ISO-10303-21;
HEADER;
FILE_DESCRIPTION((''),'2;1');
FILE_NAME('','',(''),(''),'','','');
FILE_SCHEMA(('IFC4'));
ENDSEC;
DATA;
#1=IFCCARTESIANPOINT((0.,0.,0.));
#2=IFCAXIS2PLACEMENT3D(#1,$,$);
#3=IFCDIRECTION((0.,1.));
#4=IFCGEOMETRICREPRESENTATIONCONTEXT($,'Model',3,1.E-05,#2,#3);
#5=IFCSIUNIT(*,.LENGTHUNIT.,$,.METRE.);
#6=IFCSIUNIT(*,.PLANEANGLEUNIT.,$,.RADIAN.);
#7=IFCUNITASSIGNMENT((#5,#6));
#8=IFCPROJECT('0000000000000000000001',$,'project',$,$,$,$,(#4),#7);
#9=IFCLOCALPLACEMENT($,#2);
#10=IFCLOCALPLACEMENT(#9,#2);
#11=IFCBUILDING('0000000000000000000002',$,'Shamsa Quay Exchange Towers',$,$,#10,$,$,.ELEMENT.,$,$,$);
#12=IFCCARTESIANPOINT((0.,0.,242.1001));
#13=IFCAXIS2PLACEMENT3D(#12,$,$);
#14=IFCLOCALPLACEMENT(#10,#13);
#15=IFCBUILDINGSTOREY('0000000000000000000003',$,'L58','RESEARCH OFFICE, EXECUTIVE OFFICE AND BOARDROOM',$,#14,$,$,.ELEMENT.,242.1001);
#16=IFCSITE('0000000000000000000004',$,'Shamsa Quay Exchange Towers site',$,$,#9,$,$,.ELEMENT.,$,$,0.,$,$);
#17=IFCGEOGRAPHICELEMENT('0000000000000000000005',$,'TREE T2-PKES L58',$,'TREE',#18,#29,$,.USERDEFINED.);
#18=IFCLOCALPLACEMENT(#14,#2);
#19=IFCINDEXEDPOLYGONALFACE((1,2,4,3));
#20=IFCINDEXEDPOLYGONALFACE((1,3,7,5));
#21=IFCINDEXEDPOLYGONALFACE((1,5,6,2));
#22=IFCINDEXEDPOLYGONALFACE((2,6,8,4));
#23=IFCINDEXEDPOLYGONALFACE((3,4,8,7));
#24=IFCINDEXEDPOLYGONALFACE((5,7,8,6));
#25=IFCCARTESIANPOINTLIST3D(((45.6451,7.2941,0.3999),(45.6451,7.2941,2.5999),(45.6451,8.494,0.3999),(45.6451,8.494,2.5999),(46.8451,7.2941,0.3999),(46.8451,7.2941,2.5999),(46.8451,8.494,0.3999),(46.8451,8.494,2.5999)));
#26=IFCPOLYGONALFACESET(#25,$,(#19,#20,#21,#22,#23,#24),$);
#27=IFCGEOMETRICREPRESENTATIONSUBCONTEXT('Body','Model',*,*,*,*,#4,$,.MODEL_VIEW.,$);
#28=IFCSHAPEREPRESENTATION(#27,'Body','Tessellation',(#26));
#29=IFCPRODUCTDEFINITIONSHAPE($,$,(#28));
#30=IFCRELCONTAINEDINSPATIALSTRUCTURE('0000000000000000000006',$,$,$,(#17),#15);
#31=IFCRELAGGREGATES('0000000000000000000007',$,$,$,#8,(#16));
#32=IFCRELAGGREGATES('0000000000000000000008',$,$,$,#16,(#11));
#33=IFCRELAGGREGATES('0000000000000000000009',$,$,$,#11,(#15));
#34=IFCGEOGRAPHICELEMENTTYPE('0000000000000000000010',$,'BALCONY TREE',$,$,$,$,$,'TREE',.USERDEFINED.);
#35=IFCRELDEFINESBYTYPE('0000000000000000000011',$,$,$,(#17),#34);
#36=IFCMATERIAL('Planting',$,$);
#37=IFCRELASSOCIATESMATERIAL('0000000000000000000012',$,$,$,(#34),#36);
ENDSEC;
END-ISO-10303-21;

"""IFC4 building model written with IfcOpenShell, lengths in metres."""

from ifc_helpers import new_model, si_unit, direction, frame, origin, origin_2d, place, context, subcontext, project, spatial, rectangle, extrude, material, type_object, element, save


model = new_model("IFC4")

# Units and contexts
model_context = context("Model", 3, precision=1e-05, world=origin(), true_north=direction((0.0, 1.0)))
body_context = subcontext(model_context, "Body", "Model", "MODEL_VIEW")
ifc_project = project(units=[si_unit("LENGTHUNIT", "METRE"), si_unit("PLANEANGLEUNIT", "RADIAN")], contexts=[model_context])

# Site, building, storey
site_placement = place(None, origin())
site = spatial("IfcSite", under=ifc_project, at=site_placement, Name="Shamsa Quay Exchange Towers site", CompositionType="ELEMENT", RefElevation=0.0)
building_placement = place(site_placement, origin())
building = spatial("IfcBuilding", under=site, at=building_placement, Name="Shamsa Quay Exchange Towers", CompositionType="ELEMENT")
storey_placement = place(building_placement, frame((0.0, 0.0, 242.1001)))
storey = spatial("IfcBuildingStorey", under=building, at=storey_placement, Name="L58", Description="RESEARCH OFFICE, EXECUTIVE OFFICE AND BOARDROOM", CompositionType="ELEMENT", Elevation=242.1001)

# Geographic element
ifc_material_1 = material(Name="Planting")
geographic_element_type = type_object("IfcGeographicElementType", Name="BALCONY TREE", ElementType="TREE", PredefinedType="USERDEFINED", material=ifc_material_1)
geographic_element_placement = place(storey_placement, frame((46.2451, 7.894, 0.3999), z_axis=(0.0, 0.0, 1.0), x_axis=(0.0, 1.0, 0.0)))
element("IfcGeographicElement", 1, at=geographic_element_placement, inside=storey, type_object=geographic_element_type, Name="TREE T2-PKES L58", ObjectType="TREE", PredefinedType="USERDEFINED", context=body_context, shape_type="SweptSolid", body=[
    extrude(rectangle(XDim=1.2, YDim=1.2, at=origin_2d()), origin(), (0.0, 0.0, 1.0), 2.2),
])

save(model, "model.ifc")
